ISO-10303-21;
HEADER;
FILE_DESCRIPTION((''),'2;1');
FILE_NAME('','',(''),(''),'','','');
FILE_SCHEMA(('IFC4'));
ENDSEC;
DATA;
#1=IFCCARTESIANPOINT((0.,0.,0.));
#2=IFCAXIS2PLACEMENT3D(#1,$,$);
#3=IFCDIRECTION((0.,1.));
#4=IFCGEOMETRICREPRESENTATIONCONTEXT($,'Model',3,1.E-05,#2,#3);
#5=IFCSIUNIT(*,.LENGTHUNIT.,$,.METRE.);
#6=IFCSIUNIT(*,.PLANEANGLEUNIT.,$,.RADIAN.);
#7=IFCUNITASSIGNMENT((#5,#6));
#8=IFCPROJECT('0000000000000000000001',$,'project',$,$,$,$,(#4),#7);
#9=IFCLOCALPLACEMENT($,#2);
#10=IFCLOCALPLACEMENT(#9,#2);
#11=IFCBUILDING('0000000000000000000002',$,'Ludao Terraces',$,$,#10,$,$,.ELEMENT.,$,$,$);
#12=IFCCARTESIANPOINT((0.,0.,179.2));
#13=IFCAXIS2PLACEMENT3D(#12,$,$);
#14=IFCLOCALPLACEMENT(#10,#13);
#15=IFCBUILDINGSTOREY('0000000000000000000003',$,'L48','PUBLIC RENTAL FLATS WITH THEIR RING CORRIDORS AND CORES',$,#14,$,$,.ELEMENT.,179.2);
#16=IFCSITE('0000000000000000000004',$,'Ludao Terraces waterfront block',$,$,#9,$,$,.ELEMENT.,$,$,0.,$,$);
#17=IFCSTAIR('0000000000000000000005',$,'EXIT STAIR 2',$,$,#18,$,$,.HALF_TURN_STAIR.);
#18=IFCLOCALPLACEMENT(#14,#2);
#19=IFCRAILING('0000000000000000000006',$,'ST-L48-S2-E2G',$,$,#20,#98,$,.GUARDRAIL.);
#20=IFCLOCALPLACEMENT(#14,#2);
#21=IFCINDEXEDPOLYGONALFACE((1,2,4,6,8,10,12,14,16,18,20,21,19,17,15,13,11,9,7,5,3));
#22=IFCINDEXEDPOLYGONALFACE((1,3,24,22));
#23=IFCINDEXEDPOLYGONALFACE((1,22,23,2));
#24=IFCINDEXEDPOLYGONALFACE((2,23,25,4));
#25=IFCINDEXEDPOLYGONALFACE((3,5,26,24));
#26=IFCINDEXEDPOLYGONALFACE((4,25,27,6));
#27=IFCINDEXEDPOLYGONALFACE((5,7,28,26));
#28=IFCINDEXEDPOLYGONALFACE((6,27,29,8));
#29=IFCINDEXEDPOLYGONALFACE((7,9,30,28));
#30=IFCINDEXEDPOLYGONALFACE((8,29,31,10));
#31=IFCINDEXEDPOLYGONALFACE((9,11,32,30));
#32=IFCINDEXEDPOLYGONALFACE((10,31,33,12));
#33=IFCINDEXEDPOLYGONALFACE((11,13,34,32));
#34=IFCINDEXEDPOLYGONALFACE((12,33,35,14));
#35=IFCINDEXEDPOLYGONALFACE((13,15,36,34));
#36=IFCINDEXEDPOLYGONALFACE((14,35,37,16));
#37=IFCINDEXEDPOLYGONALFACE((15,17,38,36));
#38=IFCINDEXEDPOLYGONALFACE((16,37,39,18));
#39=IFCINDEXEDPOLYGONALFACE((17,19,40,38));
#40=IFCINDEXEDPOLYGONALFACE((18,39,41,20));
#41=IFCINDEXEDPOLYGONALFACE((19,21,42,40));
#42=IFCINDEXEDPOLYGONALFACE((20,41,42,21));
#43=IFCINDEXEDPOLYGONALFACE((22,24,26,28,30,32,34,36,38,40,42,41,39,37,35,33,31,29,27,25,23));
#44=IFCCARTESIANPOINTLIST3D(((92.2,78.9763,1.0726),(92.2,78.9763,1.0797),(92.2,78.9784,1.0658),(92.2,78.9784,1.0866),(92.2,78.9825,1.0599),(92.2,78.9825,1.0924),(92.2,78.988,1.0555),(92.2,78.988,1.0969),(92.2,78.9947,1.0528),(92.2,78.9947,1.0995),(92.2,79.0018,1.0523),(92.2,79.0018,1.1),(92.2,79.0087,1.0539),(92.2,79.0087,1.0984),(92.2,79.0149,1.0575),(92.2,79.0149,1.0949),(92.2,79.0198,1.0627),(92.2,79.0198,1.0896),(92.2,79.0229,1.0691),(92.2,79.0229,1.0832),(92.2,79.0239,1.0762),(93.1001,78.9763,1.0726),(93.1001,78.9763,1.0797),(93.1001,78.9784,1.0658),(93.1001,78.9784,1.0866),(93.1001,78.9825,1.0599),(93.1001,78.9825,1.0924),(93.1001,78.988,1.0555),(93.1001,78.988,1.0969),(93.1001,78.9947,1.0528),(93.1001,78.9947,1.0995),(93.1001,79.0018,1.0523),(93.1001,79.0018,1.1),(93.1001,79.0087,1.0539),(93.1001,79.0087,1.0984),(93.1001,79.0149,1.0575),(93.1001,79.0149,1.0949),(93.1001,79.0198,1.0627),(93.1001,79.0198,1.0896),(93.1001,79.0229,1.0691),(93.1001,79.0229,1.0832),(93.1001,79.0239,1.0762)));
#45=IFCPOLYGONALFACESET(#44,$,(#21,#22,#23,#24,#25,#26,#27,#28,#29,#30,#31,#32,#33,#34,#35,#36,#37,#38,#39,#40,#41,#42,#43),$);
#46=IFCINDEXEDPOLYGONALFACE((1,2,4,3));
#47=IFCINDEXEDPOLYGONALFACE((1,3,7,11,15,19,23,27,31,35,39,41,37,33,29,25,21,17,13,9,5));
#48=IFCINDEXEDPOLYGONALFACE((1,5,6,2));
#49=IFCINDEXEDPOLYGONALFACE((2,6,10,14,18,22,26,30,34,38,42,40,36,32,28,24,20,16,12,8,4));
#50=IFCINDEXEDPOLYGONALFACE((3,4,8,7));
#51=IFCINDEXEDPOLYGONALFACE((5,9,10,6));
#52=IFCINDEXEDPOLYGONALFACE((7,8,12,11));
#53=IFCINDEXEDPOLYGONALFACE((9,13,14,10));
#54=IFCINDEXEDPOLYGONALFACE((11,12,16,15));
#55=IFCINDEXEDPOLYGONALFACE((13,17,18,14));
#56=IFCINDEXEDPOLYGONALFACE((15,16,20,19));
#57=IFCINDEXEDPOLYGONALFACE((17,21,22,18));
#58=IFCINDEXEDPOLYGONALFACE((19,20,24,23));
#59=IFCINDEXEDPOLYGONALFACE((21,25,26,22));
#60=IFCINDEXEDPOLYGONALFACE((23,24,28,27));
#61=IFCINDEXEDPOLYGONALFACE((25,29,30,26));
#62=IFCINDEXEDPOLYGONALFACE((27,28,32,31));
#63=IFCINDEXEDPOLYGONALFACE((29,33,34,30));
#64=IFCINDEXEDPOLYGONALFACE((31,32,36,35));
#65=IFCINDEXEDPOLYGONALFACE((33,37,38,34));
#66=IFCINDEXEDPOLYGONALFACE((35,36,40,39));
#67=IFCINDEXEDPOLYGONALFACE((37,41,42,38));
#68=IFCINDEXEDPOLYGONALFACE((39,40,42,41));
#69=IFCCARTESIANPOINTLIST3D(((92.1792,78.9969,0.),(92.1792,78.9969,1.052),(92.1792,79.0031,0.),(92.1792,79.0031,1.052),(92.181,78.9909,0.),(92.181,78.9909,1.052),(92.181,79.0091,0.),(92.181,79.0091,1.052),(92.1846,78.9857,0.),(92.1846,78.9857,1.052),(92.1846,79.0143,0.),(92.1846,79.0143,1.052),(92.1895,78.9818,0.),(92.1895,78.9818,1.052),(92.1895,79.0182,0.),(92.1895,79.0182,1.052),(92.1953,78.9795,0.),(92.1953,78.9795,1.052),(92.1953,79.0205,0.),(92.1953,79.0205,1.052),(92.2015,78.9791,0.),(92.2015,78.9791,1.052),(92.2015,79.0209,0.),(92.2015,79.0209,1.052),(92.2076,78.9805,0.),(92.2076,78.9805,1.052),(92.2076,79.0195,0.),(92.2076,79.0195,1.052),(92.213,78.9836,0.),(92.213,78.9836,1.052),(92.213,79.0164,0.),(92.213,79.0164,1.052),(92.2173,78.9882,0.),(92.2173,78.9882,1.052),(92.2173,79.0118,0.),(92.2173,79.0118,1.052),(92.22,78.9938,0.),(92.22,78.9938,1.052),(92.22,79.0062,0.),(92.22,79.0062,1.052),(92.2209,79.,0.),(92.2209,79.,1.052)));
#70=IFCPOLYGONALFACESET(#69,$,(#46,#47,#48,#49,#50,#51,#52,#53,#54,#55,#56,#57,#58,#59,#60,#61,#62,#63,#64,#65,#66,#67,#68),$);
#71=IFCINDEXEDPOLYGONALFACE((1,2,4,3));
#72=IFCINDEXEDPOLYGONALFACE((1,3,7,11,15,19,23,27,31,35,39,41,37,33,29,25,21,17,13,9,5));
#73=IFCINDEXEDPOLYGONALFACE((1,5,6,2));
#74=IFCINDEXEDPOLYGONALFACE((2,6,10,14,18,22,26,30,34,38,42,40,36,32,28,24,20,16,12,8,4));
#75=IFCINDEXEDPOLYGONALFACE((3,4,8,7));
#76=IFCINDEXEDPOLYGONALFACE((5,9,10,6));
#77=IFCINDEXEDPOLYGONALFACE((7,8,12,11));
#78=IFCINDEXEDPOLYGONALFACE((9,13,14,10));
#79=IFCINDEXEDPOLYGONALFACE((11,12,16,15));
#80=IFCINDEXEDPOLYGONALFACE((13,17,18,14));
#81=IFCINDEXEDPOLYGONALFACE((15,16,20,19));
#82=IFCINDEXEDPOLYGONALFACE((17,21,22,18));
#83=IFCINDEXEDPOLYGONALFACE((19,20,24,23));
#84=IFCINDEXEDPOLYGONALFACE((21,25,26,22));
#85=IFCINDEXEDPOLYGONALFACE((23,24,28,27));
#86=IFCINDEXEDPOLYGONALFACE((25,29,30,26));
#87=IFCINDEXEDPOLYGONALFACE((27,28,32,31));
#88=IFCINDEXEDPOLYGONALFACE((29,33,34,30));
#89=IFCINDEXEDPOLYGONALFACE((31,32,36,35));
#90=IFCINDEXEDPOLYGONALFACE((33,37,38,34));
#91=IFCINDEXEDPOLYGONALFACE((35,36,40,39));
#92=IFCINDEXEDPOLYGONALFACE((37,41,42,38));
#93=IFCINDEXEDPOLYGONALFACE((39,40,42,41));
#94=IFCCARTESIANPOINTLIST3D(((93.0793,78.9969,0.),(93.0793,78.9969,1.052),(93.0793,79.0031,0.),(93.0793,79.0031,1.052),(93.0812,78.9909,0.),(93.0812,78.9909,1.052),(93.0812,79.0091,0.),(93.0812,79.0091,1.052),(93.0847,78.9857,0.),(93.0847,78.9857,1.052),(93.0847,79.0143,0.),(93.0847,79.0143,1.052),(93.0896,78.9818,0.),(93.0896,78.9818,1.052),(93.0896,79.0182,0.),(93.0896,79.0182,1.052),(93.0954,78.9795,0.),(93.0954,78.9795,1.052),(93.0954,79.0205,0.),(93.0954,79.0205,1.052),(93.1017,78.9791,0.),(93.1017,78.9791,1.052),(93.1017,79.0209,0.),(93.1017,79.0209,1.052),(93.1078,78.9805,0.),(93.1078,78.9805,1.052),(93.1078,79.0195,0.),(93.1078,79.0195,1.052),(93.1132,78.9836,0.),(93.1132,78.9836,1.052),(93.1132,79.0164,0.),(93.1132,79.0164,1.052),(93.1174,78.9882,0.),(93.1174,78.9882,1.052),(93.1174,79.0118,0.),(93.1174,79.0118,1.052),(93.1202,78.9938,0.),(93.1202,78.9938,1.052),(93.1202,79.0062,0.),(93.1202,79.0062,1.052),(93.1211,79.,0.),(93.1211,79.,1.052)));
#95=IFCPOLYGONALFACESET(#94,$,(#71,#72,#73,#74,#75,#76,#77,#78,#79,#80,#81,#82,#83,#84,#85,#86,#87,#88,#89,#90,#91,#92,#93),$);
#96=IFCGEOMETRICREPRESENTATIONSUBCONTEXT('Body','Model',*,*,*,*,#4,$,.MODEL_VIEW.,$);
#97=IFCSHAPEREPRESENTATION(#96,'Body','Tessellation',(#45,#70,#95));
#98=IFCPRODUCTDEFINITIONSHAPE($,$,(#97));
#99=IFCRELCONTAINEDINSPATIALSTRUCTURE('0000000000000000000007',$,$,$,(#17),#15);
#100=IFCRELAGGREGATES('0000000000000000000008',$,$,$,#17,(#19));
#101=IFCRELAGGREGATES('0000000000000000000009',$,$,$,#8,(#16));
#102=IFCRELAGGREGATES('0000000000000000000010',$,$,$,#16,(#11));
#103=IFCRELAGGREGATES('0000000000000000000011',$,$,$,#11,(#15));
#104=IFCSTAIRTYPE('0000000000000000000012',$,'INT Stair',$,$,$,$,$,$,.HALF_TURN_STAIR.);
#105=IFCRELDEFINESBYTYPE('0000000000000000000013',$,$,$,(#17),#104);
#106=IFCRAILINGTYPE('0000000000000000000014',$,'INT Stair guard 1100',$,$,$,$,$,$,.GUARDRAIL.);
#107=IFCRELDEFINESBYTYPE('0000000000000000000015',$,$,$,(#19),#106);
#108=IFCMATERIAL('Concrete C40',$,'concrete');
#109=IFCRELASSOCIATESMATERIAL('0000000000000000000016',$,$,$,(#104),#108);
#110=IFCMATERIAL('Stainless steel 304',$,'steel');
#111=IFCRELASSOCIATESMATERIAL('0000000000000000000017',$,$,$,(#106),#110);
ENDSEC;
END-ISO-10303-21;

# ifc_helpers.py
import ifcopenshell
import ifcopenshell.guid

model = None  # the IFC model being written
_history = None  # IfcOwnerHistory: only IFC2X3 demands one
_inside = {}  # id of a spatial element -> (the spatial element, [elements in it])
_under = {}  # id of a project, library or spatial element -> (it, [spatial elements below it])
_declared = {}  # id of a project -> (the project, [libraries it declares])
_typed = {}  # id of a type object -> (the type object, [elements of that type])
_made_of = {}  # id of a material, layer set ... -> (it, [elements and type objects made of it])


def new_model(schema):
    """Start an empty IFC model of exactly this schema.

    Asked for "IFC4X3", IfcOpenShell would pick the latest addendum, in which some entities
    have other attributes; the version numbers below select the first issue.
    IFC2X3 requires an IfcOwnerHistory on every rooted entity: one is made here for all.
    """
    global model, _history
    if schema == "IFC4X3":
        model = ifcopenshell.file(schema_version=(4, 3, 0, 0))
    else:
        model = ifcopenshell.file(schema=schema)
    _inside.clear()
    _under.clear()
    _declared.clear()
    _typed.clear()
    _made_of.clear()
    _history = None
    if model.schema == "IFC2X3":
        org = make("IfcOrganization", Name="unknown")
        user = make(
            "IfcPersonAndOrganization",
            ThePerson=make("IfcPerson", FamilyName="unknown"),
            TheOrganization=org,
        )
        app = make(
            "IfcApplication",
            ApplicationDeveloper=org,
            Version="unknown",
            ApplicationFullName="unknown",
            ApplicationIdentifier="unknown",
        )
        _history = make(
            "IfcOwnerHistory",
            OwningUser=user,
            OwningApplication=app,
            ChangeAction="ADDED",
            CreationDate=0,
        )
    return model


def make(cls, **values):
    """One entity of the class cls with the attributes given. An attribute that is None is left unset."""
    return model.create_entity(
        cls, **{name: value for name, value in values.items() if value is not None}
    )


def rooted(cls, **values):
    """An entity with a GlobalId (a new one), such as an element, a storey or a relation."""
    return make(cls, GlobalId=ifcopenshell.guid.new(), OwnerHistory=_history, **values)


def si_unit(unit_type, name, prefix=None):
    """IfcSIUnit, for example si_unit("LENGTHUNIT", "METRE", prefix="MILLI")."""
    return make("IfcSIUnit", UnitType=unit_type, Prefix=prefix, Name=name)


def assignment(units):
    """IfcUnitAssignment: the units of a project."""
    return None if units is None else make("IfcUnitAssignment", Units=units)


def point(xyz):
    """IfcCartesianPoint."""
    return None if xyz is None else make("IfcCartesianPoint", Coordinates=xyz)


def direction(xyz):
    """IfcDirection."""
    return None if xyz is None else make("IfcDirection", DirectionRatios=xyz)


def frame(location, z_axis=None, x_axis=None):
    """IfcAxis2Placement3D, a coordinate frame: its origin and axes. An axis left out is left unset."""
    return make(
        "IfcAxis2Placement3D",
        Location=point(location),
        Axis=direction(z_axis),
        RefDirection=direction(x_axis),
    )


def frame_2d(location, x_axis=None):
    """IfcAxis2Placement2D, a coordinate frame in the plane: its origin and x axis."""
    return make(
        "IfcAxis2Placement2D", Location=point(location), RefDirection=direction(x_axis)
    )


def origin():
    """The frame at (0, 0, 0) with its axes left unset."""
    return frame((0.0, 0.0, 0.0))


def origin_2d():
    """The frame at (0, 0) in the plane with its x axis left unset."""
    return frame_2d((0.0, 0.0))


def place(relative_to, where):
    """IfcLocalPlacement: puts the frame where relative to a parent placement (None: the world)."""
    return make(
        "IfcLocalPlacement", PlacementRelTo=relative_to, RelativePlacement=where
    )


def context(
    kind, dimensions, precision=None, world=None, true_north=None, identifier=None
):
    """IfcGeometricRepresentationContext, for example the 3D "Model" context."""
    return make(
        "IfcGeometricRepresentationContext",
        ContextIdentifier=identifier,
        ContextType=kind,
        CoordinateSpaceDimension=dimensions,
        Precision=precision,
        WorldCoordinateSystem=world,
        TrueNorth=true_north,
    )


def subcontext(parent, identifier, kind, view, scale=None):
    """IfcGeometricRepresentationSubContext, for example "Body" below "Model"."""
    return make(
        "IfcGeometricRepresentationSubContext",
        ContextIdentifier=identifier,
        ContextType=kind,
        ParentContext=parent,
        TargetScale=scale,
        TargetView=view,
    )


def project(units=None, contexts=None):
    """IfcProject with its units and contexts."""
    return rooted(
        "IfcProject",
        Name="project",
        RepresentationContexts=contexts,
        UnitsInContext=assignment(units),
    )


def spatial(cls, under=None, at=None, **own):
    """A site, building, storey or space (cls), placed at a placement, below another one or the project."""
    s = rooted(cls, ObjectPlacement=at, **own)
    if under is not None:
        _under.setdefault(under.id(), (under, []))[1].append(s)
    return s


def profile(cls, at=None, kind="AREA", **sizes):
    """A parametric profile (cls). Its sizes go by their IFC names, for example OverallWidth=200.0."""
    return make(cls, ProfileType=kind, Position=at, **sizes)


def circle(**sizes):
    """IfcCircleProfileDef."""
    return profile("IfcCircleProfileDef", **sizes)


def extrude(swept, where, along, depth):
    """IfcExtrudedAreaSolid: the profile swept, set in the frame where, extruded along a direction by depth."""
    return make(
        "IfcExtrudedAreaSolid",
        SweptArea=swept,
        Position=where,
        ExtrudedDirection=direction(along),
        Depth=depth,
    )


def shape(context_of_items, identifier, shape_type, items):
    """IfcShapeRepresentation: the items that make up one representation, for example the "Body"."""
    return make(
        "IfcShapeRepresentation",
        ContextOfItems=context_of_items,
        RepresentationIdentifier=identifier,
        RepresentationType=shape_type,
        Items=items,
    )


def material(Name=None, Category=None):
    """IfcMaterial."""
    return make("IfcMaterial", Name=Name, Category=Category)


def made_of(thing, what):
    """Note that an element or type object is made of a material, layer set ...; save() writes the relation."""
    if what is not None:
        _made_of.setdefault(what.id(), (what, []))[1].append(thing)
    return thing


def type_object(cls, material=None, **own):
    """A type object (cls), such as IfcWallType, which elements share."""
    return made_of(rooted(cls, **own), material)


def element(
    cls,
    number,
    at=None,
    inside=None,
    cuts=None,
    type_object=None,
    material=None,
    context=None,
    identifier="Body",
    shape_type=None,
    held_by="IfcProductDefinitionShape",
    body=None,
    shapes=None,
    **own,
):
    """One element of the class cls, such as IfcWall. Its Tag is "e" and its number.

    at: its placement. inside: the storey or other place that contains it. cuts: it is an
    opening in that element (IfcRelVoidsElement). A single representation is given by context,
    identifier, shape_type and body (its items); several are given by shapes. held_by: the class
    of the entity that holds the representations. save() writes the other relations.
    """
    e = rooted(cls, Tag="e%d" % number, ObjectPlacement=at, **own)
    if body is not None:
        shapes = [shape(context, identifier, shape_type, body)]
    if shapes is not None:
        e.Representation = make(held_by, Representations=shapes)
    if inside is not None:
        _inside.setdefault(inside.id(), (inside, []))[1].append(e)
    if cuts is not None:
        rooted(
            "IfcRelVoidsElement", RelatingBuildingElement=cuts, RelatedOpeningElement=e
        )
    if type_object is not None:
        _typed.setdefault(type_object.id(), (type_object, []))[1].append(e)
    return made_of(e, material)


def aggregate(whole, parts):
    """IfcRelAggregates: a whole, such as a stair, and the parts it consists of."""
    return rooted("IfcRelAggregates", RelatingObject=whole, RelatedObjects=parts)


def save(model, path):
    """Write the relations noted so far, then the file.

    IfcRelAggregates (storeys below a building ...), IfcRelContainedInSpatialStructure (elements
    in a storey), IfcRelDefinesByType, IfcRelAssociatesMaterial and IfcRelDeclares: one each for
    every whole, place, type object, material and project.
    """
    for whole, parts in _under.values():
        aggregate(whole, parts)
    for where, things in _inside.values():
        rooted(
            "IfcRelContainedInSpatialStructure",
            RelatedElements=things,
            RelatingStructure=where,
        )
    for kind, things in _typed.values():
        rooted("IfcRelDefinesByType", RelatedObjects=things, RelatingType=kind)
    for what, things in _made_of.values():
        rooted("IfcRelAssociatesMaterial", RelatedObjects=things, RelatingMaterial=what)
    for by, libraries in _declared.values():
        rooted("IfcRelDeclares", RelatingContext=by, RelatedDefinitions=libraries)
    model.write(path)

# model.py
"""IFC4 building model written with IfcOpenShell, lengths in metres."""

from ifc_helpers import new_model, si_unit, direction, frame, origin, origin_2d, place, context, subcontext, project, spatial, circle, extrude, material, type_object, element, aggregate, save


model = new_model("IFC4")

# Units and contexts
model_context = context("Model", 3, precision=1e-05, world=origin(), true_north=direction((0.0, 1.0)))
body_context = subcontext(model_context, "Body", "Model", "MODEL_VIEW")
ifc_project = project(units=[si_unit("LENGTHUNIT", "METRE"), si_unit("PLANEANGLEUNIT", "RADIAN")], contexts=[model_context])

# Site, building, storey
site_placement = place(None, origin())
site = spatial("IfcSite", under=ifc_project, at=site_placement, Name="Ludao Terraces waterfront block", CompositionType="ELEMENT", RefElevation=0.0)
building_placement = place(site_placement, origin())
building = spatial("IfcBuilding", under=site, at=building_placement, Name="Ludao Terraces", CompositionType="ELEMENT")
storey_placement = place(building_placement, frame((0.0, 0.0, 179.2)))
storey = spatial("IfcBuildingStorey", under=building, at=storey_placement, Name="L48", Description="PUBLIC RENTAL FLATS WITH THEIR RING CORRIDORS AND CORES", CompositionType="ELEMENT", Elevation=179.2)

# Shared definitions
ifc_material_1 = material(Name="Concrete C40", Category="concrete")

# Shared definitions
ifc_material_2 = material(Name="Stainless steel 304", Category="steel")

# Stair, railing
stair_type = type_object("IfcStairType", Name="INT Stair", PredefinedType="HALF_TURN_STAIR", material=ifc_material_1)
stair_placement = place(storey_placement, origin())
stair = element("IfcStair", 1, at=stair_placement, inside=storey, type_object=stair_type, Name="EXIT STAIR 2", PredefinedType="HALF_TURN_STAIR")
railing_type_1 = type_object("IfcRailingType", Name="INT Stair guard 1100", PredefinedType="GUARDRAIL", material=ifc_material_2)
railing_1_placement = place(storey_placement, frame((92.2, 79.0, 0.0)))
railing_1 = element("IfcRailing", 2, at=railing_1_placement, type_object=railing_type_1, Name="ST-L48-S2-E2G", PredefinedType="GUARDRAIL", context=body_context, shape_type="SweptSolid", body=[
    extrude(circle(Radius=0.0239, at=origin_2d()), frame((0.0, 0.0, 1.0762), z_axis=(1.0, 0.0, 0.0), x_axis=(0.0, 1.0, 0.0)), (0.0, 0.0, 1.0), 0.9001),
    extrude(circle(Radius=0.021, at=origin_2d()), origin(), (0.0, 0.0, 1.0), 1.052),
    extrude(circle(Radius=0.021, at=origin_2d()), frame((0.9001, 0.0, 0.0)), (0.0, 0.0, 1.0), 1.052),
])
aggregate(stair, [railing_1])

save(model, "model.ifc")
